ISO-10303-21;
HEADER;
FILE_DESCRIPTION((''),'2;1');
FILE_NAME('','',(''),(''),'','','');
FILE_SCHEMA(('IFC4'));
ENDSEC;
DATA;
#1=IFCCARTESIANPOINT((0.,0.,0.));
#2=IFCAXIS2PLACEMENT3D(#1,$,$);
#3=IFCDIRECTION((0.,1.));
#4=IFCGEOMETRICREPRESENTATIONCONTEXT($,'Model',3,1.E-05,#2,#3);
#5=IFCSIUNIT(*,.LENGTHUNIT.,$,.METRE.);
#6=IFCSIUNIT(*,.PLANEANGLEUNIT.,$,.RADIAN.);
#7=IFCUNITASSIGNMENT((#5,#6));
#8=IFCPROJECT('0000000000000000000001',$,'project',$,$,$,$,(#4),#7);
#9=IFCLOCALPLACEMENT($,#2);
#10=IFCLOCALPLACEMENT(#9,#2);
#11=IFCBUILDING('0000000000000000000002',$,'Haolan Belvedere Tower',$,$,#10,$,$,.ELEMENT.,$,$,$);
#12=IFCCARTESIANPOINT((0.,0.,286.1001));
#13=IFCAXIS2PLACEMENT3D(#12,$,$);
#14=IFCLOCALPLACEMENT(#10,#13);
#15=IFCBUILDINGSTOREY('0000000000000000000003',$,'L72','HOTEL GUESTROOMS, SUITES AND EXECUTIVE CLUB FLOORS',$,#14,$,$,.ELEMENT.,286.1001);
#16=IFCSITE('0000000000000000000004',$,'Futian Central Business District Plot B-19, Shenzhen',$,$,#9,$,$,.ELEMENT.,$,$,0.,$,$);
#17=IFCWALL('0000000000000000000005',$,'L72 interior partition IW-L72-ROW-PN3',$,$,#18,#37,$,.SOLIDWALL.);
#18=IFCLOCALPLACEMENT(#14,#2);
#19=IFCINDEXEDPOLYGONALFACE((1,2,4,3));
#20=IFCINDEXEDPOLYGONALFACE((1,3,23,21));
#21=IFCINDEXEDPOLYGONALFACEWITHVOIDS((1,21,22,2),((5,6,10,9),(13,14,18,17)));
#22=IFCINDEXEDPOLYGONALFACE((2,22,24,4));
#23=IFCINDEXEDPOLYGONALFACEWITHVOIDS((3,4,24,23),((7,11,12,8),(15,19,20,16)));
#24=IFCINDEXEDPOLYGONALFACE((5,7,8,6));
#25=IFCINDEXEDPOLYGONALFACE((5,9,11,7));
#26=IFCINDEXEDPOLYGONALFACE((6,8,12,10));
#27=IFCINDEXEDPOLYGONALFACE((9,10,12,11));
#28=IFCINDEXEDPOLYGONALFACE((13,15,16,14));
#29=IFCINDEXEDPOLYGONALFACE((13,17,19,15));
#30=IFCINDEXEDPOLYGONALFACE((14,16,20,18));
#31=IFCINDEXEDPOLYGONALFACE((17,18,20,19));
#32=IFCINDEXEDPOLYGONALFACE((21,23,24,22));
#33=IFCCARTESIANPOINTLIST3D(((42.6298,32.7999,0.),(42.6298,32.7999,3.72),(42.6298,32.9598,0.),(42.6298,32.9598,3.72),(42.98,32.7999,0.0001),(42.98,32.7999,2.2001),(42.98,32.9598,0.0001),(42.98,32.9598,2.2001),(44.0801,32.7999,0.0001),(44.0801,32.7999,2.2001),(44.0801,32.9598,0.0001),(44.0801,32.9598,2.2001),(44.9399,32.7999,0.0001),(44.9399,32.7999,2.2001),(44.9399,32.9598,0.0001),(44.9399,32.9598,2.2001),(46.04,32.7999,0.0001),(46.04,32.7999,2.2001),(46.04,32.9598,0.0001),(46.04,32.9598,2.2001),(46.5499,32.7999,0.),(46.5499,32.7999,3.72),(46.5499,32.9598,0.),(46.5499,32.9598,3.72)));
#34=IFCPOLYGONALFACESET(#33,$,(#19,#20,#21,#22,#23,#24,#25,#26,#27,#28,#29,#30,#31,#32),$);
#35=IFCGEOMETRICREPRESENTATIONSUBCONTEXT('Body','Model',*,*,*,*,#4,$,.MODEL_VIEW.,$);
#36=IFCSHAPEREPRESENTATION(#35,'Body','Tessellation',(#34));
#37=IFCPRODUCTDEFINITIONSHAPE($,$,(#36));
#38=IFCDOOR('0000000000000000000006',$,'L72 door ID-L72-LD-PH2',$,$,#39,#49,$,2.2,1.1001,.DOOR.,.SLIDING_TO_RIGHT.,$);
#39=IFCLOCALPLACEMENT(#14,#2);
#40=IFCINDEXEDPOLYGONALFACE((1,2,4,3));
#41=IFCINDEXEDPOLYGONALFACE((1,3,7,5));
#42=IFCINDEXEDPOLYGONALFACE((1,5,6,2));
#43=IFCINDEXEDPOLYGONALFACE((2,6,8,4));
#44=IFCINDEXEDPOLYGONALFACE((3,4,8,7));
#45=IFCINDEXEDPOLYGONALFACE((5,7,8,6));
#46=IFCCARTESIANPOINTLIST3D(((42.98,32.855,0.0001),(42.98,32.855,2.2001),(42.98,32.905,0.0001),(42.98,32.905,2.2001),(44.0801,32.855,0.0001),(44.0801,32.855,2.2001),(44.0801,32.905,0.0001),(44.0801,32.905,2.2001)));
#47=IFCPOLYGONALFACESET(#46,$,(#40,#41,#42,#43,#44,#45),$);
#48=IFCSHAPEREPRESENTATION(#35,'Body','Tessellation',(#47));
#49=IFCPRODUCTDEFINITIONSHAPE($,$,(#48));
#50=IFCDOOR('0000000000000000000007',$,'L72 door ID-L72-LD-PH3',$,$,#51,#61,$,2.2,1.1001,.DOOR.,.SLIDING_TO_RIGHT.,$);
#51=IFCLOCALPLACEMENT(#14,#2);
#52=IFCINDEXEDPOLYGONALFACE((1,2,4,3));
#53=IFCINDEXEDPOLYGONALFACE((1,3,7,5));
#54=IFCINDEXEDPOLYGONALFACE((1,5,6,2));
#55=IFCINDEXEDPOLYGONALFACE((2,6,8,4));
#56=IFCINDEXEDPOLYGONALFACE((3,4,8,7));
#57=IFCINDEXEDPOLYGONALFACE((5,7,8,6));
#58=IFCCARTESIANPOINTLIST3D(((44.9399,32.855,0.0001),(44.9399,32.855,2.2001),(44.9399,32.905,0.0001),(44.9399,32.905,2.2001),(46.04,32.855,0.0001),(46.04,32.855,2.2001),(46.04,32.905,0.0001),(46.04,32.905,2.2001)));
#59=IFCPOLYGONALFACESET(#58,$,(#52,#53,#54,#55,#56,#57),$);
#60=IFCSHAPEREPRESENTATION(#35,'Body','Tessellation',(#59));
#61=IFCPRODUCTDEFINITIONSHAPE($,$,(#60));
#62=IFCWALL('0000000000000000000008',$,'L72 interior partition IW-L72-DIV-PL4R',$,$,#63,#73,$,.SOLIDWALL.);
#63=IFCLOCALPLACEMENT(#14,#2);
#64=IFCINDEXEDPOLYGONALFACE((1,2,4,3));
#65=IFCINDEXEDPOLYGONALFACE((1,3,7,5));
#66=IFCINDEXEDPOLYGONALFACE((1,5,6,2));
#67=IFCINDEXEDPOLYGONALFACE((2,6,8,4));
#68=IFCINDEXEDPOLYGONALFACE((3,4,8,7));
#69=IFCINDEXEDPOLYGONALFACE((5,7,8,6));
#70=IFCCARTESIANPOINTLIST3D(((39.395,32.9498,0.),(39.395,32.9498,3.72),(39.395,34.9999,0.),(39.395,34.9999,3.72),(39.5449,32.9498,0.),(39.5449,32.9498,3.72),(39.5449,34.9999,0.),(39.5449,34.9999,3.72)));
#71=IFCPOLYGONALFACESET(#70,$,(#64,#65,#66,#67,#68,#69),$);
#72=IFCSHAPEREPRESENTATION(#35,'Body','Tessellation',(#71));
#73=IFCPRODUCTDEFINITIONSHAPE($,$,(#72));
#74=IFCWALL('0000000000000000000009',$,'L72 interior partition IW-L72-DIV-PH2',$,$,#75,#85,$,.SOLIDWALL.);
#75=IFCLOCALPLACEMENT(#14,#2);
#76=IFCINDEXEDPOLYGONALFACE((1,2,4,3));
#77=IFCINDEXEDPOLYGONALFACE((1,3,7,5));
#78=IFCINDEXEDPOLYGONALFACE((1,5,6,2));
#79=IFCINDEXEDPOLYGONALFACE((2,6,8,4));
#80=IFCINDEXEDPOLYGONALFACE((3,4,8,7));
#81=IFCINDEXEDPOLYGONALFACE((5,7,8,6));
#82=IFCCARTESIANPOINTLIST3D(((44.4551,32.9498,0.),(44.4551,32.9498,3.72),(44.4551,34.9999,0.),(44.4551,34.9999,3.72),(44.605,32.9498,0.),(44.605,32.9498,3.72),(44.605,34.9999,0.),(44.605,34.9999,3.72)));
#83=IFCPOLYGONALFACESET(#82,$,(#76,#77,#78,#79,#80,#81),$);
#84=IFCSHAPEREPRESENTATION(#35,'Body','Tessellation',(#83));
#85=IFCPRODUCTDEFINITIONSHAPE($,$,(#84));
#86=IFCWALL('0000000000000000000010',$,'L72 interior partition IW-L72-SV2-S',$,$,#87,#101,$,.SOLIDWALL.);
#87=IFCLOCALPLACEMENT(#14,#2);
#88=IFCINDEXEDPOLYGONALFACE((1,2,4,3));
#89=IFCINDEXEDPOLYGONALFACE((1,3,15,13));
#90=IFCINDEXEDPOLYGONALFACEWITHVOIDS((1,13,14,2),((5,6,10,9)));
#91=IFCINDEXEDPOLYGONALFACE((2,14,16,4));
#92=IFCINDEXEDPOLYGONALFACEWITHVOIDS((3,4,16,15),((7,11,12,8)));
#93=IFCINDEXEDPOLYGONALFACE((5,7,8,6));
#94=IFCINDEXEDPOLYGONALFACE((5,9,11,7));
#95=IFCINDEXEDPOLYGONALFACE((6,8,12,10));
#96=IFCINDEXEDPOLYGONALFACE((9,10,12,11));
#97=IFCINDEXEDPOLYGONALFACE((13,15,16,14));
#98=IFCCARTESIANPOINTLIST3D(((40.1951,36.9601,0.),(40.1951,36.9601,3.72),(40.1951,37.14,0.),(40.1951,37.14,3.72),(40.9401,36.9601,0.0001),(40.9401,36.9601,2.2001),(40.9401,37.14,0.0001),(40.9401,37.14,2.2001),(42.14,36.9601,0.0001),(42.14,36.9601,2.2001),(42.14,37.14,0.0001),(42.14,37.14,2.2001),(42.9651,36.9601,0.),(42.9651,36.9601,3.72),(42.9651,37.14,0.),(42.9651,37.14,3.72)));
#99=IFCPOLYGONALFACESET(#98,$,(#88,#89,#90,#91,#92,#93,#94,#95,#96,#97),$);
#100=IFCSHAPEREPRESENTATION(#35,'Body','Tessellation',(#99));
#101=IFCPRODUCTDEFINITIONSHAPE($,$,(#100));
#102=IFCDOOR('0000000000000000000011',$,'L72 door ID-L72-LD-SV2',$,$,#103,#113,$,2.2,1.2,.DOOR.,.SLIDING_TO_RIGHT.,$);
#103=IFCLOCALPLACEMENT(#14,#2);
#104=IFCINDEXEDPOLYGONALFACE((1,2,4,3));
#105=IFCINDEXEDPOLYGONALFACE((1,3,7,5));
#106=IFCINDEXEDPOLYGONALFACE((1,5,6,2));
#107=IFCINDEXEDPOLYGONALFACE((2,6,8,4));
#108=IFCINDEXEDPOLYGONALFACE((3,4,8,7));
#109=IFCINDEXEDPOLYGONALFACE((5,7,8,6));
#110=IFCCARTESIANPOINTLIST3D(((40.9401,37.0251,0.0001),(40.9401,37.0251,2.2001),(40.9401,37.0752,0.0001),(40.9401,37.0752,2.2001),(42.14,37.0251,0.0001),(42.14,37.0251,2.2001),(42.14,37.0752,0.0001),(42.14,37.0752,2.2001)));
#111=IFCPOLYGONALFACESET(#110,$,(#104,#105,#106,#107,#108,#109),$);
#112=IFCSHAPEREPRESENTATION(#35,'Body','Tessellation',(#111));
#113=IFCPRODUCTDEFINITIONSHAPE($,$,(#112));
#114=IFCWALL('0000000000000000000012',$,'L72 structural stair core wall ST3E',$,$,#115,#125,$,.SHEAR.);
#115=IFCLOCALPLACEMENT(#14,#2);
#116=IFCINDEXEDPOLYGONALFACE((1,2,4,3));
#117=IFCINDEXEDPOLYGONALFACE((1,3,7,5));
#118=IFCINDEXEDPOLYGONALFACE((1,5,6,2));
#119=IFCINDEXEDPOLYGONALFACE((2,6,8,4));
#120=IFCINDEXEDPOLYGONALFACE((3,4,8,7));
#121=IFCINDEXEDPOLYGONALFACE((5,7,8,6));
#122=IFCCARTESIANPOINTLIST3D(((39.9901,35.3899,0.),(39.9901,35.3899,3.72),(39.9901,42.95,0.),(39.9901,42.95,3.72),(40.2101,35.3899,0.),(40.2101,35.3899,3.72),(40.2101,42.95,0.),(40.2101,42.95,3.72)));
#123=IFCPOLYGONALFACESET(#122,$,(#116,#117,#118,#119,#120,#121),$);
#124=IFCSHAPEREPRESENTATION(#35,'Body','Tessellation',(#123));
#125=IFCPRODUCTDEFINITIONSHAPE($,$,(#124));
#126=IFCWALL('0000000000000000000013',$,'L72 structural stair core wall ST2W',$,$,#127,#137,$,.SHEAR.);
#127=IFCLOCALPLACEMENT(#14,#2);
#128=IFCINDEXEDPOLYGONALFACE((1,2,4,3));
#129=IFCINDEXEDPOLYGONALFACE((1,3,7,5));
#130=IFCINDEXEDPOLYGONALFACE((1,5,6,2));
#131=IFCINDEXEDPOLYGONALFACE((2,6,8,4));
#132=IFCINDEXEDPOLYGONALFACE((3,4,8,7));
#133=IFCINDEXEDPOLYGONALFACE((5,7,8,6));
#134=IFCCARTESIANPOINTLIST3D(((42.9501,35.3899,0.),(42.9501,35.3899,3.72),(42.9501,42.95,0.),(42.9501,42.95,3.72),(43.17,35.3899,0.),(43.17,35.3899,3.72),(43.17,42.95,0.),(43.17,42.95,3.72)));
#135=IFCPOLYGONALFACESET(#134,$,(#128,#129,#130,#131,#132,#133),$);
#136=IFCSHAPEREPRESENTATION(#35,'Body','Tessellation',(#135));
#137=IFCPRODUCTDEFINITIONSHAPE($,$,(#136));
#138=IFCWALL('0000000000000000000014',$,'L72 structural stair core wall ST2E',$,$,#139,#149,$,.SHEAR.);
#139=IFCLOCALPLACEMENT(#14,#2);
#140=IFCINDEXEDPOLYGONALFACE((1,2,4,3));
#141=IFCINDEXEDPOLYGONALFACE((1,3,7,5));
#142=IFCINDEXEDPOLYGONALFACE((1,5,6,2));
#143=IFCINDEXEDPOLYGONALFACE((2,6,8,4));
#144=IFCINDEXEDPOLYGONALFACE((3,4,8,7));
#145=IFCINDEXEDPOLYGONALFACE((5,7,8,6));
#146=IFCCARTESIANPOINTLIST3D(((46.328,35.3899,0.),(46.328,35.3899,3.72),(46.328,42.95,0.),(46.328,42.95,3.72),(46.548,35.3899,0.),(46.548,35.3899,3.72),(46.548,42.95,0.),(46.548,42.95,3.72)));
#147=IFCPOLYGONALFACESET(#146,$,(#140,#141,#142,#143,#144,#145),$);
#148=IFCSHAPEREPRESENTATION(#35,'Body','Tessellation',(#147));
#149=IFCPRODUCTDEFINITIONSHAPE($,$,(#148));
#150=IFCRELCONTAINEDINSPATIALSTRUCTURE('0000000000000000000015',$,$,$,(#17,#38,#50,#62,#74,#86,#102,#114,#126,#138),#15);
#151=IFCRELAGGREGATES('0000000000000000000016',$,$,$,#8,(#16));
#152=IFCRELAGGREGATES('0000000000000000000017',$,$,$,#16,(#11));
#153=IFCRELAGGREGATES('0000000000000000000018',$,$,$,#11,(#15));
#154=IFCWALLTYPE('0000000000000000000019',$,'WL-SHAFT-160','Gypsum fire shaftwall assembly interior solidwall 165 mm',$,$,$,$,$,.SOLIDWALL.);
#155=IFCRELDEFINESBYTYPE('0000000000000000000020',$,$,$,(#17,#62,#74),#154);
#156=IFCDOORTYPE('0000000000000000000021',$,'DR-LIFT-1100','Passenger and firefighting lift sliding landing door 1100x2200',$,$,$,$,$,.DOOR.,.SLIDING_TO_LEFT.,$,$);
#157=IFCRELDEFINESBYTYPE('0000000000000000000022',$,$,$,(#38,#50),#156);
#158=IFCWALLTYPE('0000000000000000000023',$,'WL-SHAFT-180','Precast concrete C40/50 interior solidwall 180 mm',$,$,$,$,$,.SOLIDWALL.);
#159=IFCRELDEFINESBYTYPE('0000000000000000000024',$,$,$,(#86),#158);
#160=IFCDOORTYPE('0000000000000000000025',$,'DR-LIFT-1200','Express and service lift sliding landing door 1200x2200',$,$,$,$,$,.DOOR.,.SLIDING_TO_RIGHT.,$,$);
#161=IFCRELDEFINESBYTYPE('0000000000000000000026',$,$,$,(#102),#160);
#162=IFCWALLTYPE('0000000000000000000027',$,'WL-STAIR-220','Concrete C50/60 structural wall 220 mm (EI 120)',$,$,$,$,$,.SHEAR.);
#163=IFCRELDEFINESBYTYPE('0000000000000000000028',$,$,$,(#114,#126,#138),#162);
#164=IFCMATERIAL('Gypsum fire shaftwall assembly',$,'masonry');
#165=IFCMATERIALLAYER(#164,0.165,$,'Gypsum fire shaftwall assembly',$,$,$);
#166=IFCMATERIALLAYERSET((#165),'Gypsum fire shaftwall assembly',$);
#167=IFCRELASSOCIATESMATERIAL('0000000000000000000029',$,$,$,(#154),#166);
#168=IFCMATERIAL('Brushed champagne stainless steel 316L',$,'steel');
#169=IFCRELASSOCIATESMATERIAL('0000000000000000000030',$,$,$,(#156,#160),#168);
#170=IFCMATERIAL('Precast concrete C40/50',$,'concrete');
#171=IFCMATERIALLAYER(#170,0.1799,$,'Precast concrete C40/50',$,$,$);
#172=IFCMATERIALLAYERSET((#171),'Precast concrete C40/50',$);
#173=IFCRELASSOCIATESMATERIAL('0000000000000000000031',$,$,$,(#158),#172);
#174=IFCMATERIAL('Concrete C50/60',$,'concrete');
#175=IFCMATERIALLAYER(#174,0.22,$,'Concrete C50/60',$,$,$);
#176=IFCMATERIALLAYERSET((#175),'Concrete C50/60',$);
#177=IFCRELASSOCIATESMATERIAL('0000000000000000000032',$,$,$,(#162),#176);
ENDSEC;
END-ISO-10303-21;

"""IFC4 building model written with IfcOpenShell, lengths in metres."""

from ifc_helpers import new_model, si_unit, direction, frame, frame_2d, origin, place, context, subcontext, project, spatial, rectangle, extrude, material, layer, layer_set, type_object, element, fill, save


model = new_model("IFC4")

# Units and contexts
model_context = context("Model", 3, precision=1e-05, world=origin(), true_north=direction((0.0, 1.0)))
body_context = subcontext(model_context, "Body", "Model", "MODEL_VIEW")
ifc_project = project(units=[si_unit("LENGTHUNIT", "METRE"), si_unit("PLANEANGLEUNIT", "RADIAN")], contexts=[model_context])

# Site, building, storey
site_placement = place(None, origin())
site = spatial("IfcSite", under=ifc_project, at=site_placement, Name="Futian Central Business District Plot B-19, Shenzhen", CompositionType="ELEMENT", RefElevation=0.0)
building_placement = place(site_placement, origin())
building = spatial("IfcBuilding", under=site, at=building_placement, Name="Haolan Belvedere Tower", CompositionType="ELEMENT")
storey_placement = place(building_placement, frame((0.0, 0.0, 286.1001)))
storey = spatial("IfcBuildingStorey", under=building, at=storey_placement, Name="L72", Description="HOTEL GUESTROOMS, SUITES AND EXECUTIVE CLUB FLOORS", CompositionType="ELEMENT", Elevation=286.1001)

# Shared definitions
ifc_material_1 = material(Name="Precast concrete C40/50", Category="concrete")

# Shared definitions
ifc_material_2 = material(Name="Gypsum fire shaftwall assembly", Category="masonry")
ifc_layer_1 = layer(ifc_material_2, 0.165, Name="Gypsum fire shaftwall assembly")
ifc_layer_set_1 = layer_set([ifc_layer_1], Name="Gypsum fire shaftwall assembly")
wall_type_1 = type_object("IfcWallType", Name="WL-SHAFT-160", Description="Gypsum fire shaftwall assembly interior solidwall 165 mm", PredefinedType="SOLIDWALL", material=ifc_layer_set_1)

# Wall, openings, doors
wall_1_placement = place(storey_placement, frame((42.6299, 32.8799, 0.0), z_axis=(0.0, 0.0, 1.0), x_axis=(1.0, 0.0, 0.0)))
wall_1 = element("IfcWall", 1, at=wall_1_placement, inside=storey, type_object=wall_type_1, Name="L72 interior partition IW-L72-ROW-PN3", PredefinedType="SOLIDWALL", context=body_context, shape_type="SweptSolid", body=[
    extrude(rectangle(XDim=3.9202, YDim=0.1599, at=frame_2d((1.96, 0.0))), origin(), (0.0, 0.0, 1.0), 3.72),
])
opening_1_placement = place(wall_1_placement, frame((1.4502, 0.0, 0.0), z_axis=(0.0, 0.0, 1.0), x_axis=(-1.0, 0.0, 0.0)))
opening_1 = element("IfcOpeningElement", 2, at=opening_1_placement, cuts=wall_1, PredefinedType="OPENING", context=body_context, shape_type="SweptSolid", body=[
    extrude(rectangle(XDim=1.1001, YDim=2.2, at=frame_2d((0.55, 1.1001))), frame((0.0, 0.0898, 0.0), z_axis=(0.0, -1.0, 0.0), x_axis=(1.0, 0.0, 0.0)), (0.0, 0.0, 1.0), 0.1799),
])
opening_2_placement = place(wall_1_placement, frame((3.4102, 0.0, 0.0), z_axis=(0.0, 0.0, 1.0), x_axis=(-1.0, 0.0, 0.0)))
opening_2 = element("IfcOpeningElement", 3, at=opening_2_placement, cuts=wall_1, PredefinedType="OPENING", context=body_context, shape_type="SweptSolid", body=[
    extrude(rectangle(XDim=1.1001, YDim=2.2, at=frame_2d((0.55, 1.1001))), frame((0.0, 0.0898, 0.0), z_axis=(0.0, -1.0, 0.0), x_axis=(1.0, 0.0, 0.0)), (0.0, 0.0, 1.0), 0.1799),
])
ifc_material_3 = material(Name="Brushed champagne stainless steel 316L", Category="steel")
door_type_1 = type_object("IfcDoorType", Name="DR-LIFT-1100", Description="Passenger and firefighting lift sliding landing door 1100x2200", OperationType="SLIDING_TO_LEFT", PredefinedType="DOOR", material=ifc_material_3)
door_1_placement = place(opening_1_placement, origin())
door_1 = element("IfcDoor", 4, at=door_1_placement, inside=storey, type_object=door_type_1, Name="L72 door ID-L72-LD-PH2", OperationType="SLIDING_TO_RIGHT", OverallHeight=2.2, OverallWidth=1.1001, PredefinedType="DOOR", context=body_context, shape_type="SweptSolid", body=[
    extrude(rectangle(XDim=1.1001, YDim=2.2, at=frame_2d((0.55, 1.1001))), frame((0.0, 0.0249, 0.0), z_axis=(0.0, -1.0, 0.0), x_axis=(1.0, 0.0, 0.0)), (0.0, 0.0, 1.0), 0.05),
])
fill(opening_1, door_1)
door_2_placement = place(opening_2_placement, origin())
door_2 = element("IfcDoor", 5, at=door_2_placement, inside=storey, type_object=door_type_1, Name="L72 door ID-L72-LD-PH3", OperationType="SLIDING_TO_RIGHT", OverallHeight=2.2, OverallWidth=1.1001, PredefinedType="DOOR", context=body_context, shape_type="SweptSolid", body=[
    extrude(rectangle(XDim=1.1001, YDim=2.2, at=frame_2d((0.55, 1.1001))), frame((0.0, 0.0249, 0.0), z_axis=(0.0, -1.0, 0.0), x_axis=(1.0, 0.0, 0.0)), (0.0, 0.0, 1.0), 0.05),
])
fill(opening_2, door_2)

# Walls
for number, where, z_axis, x_axis, name in (
    (6, (39.47, 32.95, 0.0), (0.0, 0.0, 1.0), (0.0, 1.0, 0.0), "L72 interior partition IW-L72-DIV-PL4R"),
    (7, (44.53, 32.95, 0.0), (0.0, 0.0, 1.0), (0.0, 1.0, 0.0), "L72 interior partition IW-L72-DIV-PH2"),
):
    element("IfcWall", number, at=place(storey_placement, frame(where, z_axis=z_axis, x_axis=x_axis)), inside=storey, type_object=wall_type_1, Name=name, PredefinedType="SOLIDWALL", context=body_context, shape_type="SweptSolid", body=[
        extrude(rectangle(XDim=2.05, YDim=0.1499, at=frame_2d((1.0249, 0.0))), origin(), (0.0, 0.0, 1.0), 3.72),
    ])

# Wall, opening, door
ifc_layer_2 = layer(ifc_material_1, 0.1799, Name="Precast concrete C40/50")
ifc_layer_set_2 = layer_set([ifc_layer_2], Name="Precast concrete C40/50")
wall_type_2 = type_object("IfcWallType", Name="WL-SHAFT-180", Description="Precast concrete C40/50 interior solidwall 180 mm", PredefinedType="SOLIDWALL", material=ifc_layer_set_2)
wall_2_placement = place(storey_placement, frame((40.1951, 37.05, 0.0), z_axis=(0.0, 0.0, 1.0), x_axis=(1.0, 0.0, 0.0)))
wall_2 = element("IfcWall", 8, at=wall_2_placement, inside=storey, type_object=wall_type_2, Name="L72 interior partition IW-L72-SV2-S", PredefinedType="SOLIDWALL", context=body_context, shape_type="SweptSolid", body=[
    extrude(rectangle(XDim=2.77, YDim=0.1799, at=frame_2d((1.385, 0.0))), origin(), (0.0, 0.0, 1.0), 3.72),
])
opening_3_placement = place(wall_2_placement, frame((1.9451, 0.0, 0.0), z_axis=(0.0, 0.0, 1.0), x_axis=(-1.0, 0.0, 0.0)))
opening_3 = element("IfcOpeningElement", 9, at=opening_3_placement, cuts=wall_2, PredefinedType="OPENING", context=body_context, shape_type="SweptSolid", body=[
    extrude(rectangle(XDim=1.2, YDim=2.2, at=frame_2d((0.6001, 1.1001))), frame((0.0, 0.0999, 0.0), z_axis=(0.0, -1.0, 0.0), x_axis=(1.0, 0.0, 0.0)), (0.0, 0.0, 1.0), 0.2),
])
door_type_2 = type_object("IfcDoorType", Name="DR-LIFT-1200", Description="Express and service lift sliding landing door 1200x2200", OperationType="SLIDING_TO_RIGHT", PredefinedType="DOOR", material=ifc_material_3)
door_3_placement = place(opening_3_placement, origin())
door_3 = element("IfcDoor", 10, at=door_3_placement, inside=storey, type_object=door_type_2, Name="L72 door ID-L72-LD-SV2", OperationType="SLIDING_TO_RIGHT", OverallHeight=2.2, OverallWidth=1.2, PredefinedType="DOOR", context=body_context, shape_type="SweptSolid", body=[
    extrude(rectangle(XDim=1.2, YDim=2.2, at=frame_2d((0.6001, 1.1001))), frame((0.0, 0.0249, 0.0), z_axis=(0.0, -1.0, 0.0), x_axis=(1.0, 0.0, 0.0)), (0.0, 0.0, 1.0), 0.05),
])
fill(opening_3, door_3)

# Walls
ifc_material_4 = material(Name="Concrete C50/60", Category="concrete")
ifc_layer_3 = layer(ifc_material_4, 0.22, Name="Concrete C50/60")
ifc_layer_set_3 = layer_set([ifc_layer_3], Name="Concrete C50/60")
wall_type_3 = type_object("IfcWallType", Name="WL-STAIR-220", Description="Concrete C50/60 structural wall 220 mm (EI 120)", PredefinedType="SHEAR", material=ifc_layer_set_3)
for number, where, z_axis, x_axis, name in (
    (11, (40.1001, 35.3899, 0.0), (0.0, 0.0, 1.0), (0.0, 1.0, 0.0), "L72 structural stair core wall ST3E"),
    (12, (43.0601, 35.3899, 0.0), (0.0, 0.0, 1.0), (0.0, 1.0, 0.0), "L72 structural stair core wall ST2W"),
    (13, (46.438, 35.3899, 0.0), (0.0, 0.0, 1.0), (0.0, 1.0, 0.0), "L72 structural stair core wall ST2E"),
):
    element("IfcWall", number, at=place(storey_placement, frame(where, z_axis=z_axis, x_axis=x_axis)), inside=storey, type_object=wall_type_3, Name=name, PredefinedType="SHEAR", context=body_context, shape_type="SweptSolid", body=[
        extrude(rectangle(XDim=7.5601, YDim=0.22, at=frame_2d((3.78, 0.0))), origin(), (0.0, 0.0, 1.0), 3.72),
    ])

save(model, "model.ifc")
